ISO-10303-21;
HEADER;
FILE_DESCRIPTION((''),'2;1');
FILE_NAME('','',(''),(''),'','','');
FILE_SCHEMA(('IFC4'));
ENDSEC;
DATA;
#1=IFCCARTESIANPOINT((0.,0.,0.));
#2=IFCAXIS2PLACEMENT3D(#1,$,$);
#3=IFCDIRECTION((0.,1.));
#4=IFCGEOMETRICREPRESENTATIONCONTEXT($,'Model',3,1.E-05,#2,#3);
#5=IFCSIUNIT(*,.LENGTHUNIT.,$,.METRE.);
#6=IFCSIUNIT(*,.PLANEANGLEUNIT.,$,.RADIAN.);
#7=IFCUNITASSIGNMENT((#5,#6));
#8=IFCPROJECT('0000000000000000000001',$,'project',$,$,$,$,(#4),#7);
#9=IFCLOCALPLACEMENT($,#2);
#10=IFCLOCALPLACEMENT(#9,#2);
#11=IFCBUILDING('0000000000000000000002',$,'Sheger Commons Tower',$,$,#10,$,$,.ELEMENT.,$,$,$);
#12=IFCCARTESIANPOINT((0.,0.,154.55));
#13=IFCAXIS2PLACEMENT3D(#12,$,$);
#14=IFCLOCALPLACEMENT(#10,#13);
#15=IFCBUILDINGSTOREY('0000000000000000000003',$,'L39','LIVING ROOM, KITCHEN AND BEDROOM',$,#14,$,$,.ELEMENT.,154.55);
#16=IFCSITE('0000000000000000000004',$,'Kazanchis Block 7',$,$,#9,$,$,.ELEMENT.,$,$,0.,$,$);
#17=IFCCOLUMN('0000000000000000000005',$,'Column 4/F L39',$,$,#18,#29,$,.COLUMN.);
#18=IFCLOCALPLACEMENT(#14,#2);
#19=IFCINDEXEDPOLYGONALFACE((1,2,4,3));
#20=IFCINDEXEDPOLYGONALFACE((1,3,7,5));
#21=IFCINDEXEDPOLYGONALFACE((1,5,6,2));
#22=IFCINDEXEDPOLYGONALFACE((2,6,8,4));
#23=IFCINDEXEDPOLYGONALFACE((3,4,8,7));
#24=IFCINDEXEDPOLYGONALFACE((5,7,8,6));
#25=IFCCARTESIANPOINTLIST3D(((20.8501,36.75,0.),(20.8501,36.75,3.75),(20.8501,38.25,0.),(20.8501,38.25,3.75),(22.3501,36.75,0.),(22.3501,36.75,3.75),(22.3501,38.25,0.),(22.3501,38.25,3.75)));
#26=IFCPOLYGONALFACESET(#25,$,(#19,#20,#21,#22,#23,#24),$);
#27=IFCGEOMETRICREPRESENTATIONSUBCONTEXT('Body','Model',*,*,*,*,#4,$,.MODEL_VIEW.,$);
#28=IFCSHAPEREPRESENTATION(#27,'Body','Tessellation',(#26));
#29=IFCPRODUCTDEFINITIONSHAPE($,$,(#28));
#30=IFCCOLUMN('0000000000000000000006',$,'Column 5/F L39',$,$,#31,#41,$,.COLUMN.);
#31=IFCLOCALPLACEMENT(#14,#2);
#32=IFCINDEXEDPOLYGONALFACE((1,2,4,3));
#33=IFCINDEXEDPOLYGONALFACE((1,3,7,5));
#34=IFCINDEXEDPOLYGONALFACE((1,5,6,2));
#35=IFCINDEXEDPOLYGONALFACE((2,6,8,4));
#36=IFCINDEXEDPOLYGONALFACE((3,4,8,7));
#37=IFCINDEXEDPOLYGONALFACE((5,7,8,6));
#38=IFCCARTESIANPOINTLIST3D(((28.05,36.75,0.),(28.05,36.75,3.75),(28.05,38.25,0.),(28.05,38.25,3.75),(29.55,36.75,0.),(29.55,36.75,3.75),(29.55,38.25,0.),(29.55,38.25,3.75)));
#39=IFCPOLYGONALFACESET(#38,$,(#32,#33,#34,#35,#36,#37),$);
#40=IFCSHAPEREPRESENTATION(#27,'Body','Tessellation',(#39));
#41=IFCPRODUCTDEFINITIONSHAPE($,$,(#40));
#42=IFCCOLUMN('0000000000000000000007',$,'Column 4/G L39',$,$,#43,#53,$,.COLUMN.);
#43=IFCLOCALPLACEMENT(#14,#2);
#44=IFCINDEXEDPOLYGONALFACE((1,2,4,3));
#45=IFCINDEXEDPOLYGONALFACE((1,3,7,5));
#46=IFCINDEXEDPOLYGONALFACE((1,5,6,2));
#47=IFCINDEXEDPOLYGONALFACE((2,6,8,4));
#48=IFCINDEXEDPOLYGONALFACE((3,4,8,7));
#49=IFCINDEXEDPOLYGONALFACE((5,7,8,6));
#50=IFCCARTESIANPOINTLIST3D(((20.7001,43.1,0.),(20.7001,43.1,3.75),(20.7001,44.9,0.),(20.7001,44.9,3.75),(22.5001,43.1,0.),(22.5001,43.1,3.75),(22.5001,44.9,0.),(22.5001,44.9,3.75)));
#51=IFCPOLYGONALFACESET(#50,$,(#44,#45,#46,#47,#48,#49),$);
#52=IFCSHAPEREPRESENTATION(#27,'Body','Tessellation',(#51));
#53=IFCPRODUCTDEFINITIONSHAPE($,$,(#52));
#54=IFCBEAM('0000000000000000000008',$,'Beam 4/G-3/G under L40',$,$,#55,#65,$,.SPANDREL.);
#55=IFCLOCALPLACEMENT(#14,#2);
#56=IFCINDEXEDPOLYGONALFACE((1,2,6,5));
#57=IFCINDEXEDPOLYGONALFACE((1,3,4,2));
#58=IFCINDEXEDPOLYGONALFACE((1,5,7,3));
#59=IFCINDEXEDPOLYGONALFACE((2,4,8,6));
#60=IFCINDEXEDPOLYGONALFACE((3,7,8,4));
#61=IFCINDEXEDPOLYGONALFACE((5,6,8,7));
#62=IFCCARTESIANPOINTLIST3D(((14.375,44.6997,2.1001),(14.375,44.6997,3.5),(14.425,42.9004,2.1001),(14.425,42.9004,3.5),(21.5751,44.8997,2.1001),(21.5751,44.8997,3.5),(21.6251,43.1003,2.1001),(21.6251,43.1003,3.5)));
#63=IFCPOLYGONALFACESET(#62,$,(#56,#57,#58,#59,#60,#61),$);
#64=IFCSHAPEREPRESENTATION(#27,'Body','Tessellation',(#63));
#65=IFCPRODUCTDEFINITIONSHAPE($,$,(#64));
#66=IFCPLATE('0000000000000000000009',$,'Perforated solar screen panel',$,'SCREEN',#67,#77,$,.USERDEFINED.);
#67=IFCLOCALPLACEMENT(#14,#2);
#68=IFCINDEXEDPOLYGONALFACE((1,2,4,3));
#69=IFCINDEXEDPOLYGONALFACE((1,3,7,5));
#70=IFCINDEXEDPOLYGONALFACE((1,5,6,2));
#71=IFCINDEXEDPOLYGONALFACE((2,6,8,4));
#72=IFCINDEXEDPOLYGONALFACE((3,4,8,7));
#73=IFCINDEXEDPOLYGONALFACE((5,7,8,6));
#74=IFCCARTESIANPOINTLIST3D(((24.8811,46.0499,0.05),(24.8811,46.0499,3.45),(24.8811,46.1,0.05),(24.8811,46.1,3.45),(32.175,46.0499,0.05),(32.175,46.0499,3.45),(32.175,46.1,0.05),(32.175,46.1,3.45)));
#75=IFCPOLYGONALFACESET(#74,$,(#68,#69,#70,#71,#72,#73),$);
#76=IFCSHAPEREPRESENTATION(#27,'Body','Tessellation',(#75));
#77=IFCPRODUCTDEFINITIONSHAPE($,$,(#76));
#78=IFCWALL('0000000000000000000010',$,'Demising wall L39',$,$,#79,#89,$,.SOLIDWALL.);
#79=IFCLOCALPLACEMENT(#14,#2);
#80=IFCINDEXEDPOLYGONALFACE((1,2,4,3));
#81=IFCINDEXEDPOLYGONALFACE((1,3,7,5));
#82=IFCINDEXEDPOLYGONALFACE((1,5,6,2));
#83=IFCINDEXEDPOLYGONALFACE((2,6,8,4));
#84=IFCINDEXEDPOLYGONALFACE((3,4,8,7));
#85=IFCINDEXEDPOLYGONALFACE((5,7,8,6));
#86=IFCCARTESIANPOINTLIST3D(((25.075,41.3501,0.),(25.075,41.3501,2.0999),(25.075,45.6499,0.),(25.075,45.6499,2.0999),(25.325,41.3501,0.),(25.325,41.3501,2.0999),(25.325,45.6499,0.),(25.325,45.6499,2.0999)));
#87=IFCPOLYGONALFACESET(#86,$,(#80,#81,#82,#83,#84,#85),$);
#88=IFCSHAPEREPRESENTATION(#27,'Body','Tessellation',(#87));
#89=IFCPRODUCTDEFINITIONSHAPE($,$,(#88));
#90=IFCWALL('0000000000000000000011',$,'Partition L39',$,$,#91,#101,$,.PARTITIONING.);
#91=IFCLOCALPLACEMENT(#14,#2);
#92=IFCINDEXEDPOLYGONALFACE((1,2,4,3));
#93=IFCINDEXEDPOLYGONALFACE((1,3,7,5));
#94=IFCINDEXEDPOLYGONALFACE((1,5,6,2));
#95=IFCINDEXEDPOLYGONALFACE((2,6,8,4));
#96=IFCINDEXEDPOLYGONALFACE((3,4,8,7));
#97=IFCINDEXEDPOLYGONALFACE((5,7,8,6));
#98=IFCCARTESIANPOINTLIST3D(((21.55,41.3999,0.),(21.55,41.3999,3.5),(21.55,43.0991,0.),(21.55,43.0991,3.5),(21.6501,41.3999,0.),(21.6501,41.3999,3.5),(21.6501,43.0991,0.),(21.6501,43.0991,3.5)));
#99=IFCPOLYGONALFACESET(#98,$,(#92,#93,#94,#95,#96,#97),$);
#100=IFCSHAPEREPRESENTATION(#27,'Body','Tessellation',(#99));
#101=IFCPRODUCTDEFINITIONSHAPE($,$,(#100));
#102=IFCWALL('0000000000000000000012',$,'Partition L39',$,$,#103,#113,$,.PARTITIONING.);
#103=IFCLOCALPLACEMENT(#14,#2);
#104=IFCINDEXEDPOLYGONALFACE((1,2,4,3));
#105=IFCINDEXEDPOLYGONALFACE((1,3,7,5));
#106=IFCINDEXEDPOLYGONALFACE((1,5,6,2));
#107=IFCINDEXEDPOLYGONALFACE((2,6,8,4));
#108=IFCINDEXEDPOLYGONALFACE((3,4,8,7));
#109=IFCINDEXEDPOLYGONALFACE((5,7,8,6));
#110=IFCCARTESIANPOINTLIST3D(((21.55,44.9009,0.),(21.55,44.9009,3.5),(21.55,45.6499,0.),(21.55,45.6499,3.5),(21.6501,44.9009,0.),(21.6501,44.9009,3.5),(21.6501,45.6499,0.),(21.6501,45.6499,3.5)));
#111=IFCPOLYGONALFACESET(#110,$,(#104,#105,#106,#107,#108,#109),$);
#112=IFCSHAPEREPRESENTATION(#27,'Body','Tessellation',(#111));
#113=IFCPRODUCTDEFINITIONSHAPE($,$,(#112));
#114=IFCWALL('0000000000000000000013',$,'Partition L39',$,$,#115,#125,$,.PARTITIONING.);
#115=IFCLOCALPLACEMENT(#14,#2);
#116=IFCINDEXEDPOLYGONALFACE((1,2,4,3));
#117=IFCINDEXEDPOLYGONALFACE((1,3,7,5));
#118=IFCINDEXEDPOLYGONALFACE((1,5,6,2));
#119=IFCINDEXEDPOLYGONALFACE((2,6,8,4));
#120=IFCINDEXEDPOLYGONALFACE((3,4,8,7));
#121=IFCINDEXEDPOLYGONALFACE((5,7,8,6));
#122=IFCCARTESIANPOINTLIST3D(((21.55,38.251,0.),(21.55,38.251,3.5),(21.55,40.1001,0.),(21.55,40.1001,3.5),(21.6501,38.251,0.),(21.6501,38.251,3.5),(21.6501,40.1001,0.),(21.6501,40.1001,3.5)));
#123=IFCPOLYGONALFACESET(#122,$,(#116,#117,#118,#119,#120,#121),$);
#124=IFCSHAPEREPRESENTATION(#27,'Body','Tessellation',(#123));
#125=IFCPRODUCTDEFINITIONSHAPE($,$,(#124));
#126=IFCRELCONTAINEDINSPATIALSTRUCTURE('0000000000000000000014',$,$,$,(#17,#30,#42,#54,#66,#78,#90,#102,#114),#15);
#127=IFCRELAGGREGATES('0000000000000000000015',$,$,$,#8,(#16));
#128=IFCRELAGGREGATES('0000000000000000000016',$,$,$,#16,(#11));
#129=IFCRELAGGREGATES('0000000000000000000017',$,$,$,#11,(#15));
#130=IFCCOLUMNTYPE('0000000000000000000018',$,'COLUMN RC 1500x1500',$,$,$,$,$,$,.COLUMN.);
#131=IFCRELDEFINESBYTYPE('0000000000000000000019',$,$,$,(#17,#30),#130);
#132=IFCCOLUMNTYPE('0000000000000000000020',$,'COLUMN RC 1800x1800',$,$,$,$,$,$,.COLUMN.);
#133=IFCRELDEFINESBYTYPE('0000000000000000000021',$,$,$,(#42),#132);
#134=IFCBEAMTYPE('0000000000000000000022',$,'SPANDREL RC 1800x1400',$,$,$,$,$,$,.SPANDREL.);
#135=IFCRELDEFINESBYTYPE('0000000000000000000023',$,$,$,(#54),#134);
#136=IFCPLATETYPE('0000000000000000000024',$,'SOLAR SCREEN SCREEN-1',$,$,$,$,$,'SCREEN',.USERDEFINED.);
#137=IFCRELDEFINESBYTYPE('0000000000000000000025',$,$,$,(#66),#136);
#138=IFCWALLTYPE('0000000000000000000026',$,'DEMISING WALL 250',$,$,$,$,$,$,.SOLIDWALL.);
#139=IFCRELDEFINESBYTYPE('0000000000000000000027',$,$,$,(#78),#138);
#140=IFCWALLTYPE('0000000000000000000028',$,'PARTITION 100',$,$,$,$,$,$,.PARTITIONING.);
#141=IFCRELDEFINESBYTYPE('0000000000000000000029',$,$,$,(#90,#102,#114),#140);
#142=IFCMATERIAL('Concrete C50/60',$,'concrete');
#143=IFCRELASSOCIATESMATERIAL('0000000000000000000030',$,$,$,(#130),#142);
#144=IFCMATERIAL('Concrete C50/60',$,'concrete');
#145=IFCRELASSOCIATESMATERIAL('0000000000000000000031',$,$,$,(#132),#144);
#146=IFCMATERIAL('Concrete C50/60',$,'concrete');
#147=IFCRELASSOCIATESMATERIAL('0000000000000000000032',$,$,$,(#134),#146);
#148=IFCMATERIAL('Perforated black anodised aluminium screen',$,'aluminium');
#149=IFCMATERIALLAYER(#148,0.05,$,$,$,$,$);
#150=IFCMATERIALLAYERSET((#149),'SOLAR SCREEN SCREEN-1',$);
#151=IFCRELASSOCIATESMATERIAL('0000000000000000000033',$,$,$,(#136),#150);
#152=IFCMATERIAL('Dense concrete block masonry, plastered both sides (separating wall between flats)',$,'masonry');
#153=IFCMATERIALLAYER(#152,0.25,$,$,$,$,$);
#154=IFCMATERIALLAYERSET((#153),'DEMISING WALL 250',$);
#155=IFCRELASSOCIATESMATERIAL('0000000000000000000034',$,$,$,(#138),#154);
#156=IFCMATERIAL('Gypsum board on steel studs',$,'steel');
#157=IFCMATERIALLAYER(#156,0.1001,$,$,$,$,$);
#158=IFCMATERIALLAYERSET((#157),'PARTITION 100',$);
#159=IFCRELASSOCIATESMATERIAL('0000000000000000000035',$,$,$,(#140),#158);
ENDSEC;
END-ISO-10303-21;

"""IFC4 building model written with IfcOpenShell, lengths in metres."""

from ifc_helpers import new_model, si_unit, direction, frame, frame_2d, origin, origin_2d, place, context, subcontext, project, spatial, rectangle, extrude, material, layer, layer_set, material_profile, profile_set, type_object, element, save


model = new_model("IFC4")

# Units and contexts
model_context = context("Model", 3, precision=1e-05, world=origin(), true_north=direction((0.0, 1.0)))
body_context = subcontext(model_context, "Body", "Model", "MODEL_VIEW")
ifc_project = project(units=[si_unit("LENGTHUNIT", "METRE"), si_unit("PLANEANGLEUNIT", "RADIAN")], contexts=[model_context])

# Site, building, storey
site_placement = place(None, origin())
site = spatial("IfcSite", under=ifc_project, at=site_placement, Name="Kazanchis Block 7", CompositionType="ELEMENT", RefElevation=0.0)
building_placement = place(site_placement, origin())
building = spatial("IfcBuilding", under=site, at=building_placement, Name="Sheger Commons Tower", CompositionType="ELEMENT")
storey_placement = place(building_placement, frame((0.0, 0.0, 154.55)))
storey = spatial("IfcBuildingStorey", under=building, at=storey_placement, Name="L39", Description="LIVING ROOM, KITCHEN AND BEDROOM", CompositionType="ELEMENT", Elevation=154.55)

# Columns
ifc_material_1 = material(Name="Concrete C50/60", Category="concrete")
ifc_material_profile_1 = material_profile(ifc_material_1, rectangle(XDim=1.5, YDim=1.5, at=origin_2d()), Name="RC 1500x1500")
ifc_profile_set_1 = profile_set([ifc_material_profile_1], Name="Concrete C50/60")
column_type_1 = type_object("IfcColumnType", Name="COLUMN RC 1500x1500", PredefinedType="COLUMN", material=ifc_profile_set_1)
for number, where, z_axis, x_axis, name in (
    (1, (21.6001, 37.5, 0.0), (0.0, 0.0, 1.0), (1.0, 0.0, 0.0), "Column 4/F L39"),
    (2, (28.8, 37.5, 0.0), (0.0, 0.0, 1.0), (1.0, 0.0, 0.0), "Column 5/F L39"),
):
    element("IfcColumn", number, at=place(storey_placement, frame(where, z_axis=z_axis, x_axis=x_axis)), inside=storey, type_object=column_type_1, Name=name, PredefinedType="COLUMN", context=body_context, shape_type="SweptSolid", body=[
        extrude(rectangle(XDim=1.5, YDim=1.5, at=origin_2d()), origin(), (0.0, 0.0, 1.0), 3.75),
    ])
ifc_material_2 = material(Name="Concrete C50/60", Category="concrete")
ifc_material_profile_2 = material_profile(ifc_material_2, rectangle(XDim=1.8, YDim=1.8, at=origin_2d()), Name="RC 1800x1800")
ifc_profile_set_2 = profile_set([ifc_material_profile_2], Name="Concrete C50/60")
column_type_2 = type_object("IfcColumnType", Name="COLUMN RC 1800x1800", PredefinedType="COLUMN", material=ifc_profile_set_2)
column_placement = place(storey_placement, frame((21.6001, 44.0, 0.0), z_axis=(0.0, 0.0, 1.0), x_axis=(1.0, 0.0, 0.0)))
element("IfcColumn", 3, at=column_placement, inside=storey, type_object=column_type_2, Name="Column 4/G L39", PredefinedType="COLUMN", context=body_context, shape_type="SweptSolid", body=[
    extrude(rectangle(XDim=1.8, YDim=1.8, at=origin_2d()), origin(), (0.0, 0.0, 1.0), 3.75),
])

# Beam
ifc_material_3 = material(Name="Concrete C50/60", Category="concrete")
ifc_material_profile_3 = material_profile(ifc_material_3, rectangle(XDim=1.8, YDim=1.3999, at=origin_2d()), Name="RC 1800x1400")
ifc_profile_set_3 = profile_set([ifc_material_profile_3], Name="Concrete C50/60")
beam_type = type_object("IfcBeamType", Name="SPANDREL RC 1800x1400", PredefinedType="SPANDREL", material=ifc_profile_set_3)
beam_placement = place(storey_placement, frame((21.6001, 44.0, 2.8), z_axis=(-0.999615, -0.02776, 0.0), x_axis=(0.02776, -0.999615, 0.0)))
element("IfcBeam", 4, at=beam_placement, inside=storey, type_object=beam_type, Name="Beam 4/G-3/G under L40", PredefinedType="SPANDREL", context=body_context, shape_type="SweptSolid", body=[
    extrude(rectangle(XDim=1.8, YDim=1.3999, at=origin_2d()), origin(), (0.0, 0.0, 1.0), 7.2029),
])

# Plate
ifc_material_4 = material(Name="Perforated black anodised aluminium screen", Category="aluminium")
ifc_layer_1 = layer(ifc_material_4, 0.05)
ifc_layer_set_1 = layer_set([ifc_layer_1], Name="SOLAR SCREEN SCREEN-1")
plate_type = type_object("IfcPlateType", Name="SOLAR SCREEN SCREEN-1", ElementType="SCREEN", PredefinedType="USERDEFINED", material=ifc_layer_set_1)
plate_placement = place(storey_placement, frame((28.5281, 46.075, 0.05), z_axis=(0.0, 0.0, 1.0), x_axis=(-1.0, 0.0, 0.0)))
element("IfcPlate", 5, at=plate_placement, inside=storey, type_object=plate_type, Name="Perforated solar screen panel", ObjectType="SCREEN", PredefinedType="USERDEFINED", context=body_context, shape_type="SweptSolid", body=[
    extrude(rectangle(XDim=7.2939, YDim=0.05, at=origin_2d()), origin(), (0.0, 0.0, 1.0), 3.3999),
])

# Walls
ifc_material_5 = material(Name="Dense concrete block masonry, plastered both sides (separating wall between flats)", Category="masonry")
ifc_layer_2 = layer(ifc_material_5, 0.25)
ifc_layer_set_2 = layer_set([ifc_layer_2], Name="DEMISING WALL 250")
wall_type_1 = type_object("IfcWallType", Name="DEMISING WALL 250", PredefinedType="SOLIDWALL", material=ifc_layer_set_2)
wall_1_placement = place(storey_placement, frame((25.2, 41.3501, 0.0), z_axis=(0.0, 0.0, 1.0), x_axis=(0.0, 1.0, 0.0)))
element("IfcWall", 6, at=wall_1_placement, inside=storey, type_object=wall_type_1, Name="Demising wall L39", PredefinedType="SOLIDWALL", context=body_context, shape_type="SweptSolid", body=[
    extrude(rectangle(XDim=4.2998, YDim=0.25, at=frame_2d((2.1499, 0.0))), origin(), (0.0, 0.0, 1.0), 2.0999),
])
ifc_material_6 = material(Name="Gypsum board on steel studs", Category="steel")
ifc_layer_3 = layer(ifc_material_6, 0.1001)
ifc_layer_set_3 = layer_set([ifc_layer_3], Name="PARTITION 100")
wall_type_2 = type_object("IfcWallType", Name="PARTITION 100", PredefinedType="PARTITIONING", material=ifc_layer_set_3)
wall_2_placement = place(storey_placement, frame((21.6001, 41.3999, 0.0), z_axis=(0.0, 0.0, 1.0), x_axis=(0.0, 1.0, 0.0)))
element("IfcWall", 7, at=wall_2_placement, inside=storey, type_object=wall_type_2, Name="Partition L39", PredefinedType="PARTITIONING", context=body_context, shape_type="SweptSolid", body=[
    extrude(rectangle(XDim=1.6992, YDim=0.1001, at=frame_2d((0.8496, 0.0))), origin(), (0.0, 0.0, 1.0), 3.5),
])
wall_3_placement = place(storey_placement, frame((21.6001, 44.9009, 0.0), z_axis=(0.0, 0.0, 1.0), x_axis=(0.0, 1.0, 0.0)))
element("IfcWall", 8, at=wall_3_placement, inside=storey, type_object=wall_type_2, Name="Partition L39", PredefinedType="PARTITIONING", context=body_context, shape_type="SweptSolid", body=[
    extrude(rectangle(XDim=0.749, YDim=0.1001, at=frame_2d((0.3745, 0.0))), origin(), (0.0, 0.0, 1.0), 3.5),
])
wall_4_placement = place(storey_placement, frame((21.6001, 38.251, 0.0), z_axis=(0.0, 0.0, 1.0), x_axis=(0.0, 1.0, 0.0)))
element("IfcWall", 9, at=wall_4_placement, inside=storey, type_object=wall_type_2, Name="Partition L39", PredefinedType="PARTITIONING", context=body_context, shape_type="SweptSolid", body=[
    extrude(rectangle(XDim=1.8491, YDim=0.1001, at=frame_2d((0.9246, 0.0))), origin(), (0.0, 0.0, 1.0), 3.5),
])

save(model, "model.ifc")
